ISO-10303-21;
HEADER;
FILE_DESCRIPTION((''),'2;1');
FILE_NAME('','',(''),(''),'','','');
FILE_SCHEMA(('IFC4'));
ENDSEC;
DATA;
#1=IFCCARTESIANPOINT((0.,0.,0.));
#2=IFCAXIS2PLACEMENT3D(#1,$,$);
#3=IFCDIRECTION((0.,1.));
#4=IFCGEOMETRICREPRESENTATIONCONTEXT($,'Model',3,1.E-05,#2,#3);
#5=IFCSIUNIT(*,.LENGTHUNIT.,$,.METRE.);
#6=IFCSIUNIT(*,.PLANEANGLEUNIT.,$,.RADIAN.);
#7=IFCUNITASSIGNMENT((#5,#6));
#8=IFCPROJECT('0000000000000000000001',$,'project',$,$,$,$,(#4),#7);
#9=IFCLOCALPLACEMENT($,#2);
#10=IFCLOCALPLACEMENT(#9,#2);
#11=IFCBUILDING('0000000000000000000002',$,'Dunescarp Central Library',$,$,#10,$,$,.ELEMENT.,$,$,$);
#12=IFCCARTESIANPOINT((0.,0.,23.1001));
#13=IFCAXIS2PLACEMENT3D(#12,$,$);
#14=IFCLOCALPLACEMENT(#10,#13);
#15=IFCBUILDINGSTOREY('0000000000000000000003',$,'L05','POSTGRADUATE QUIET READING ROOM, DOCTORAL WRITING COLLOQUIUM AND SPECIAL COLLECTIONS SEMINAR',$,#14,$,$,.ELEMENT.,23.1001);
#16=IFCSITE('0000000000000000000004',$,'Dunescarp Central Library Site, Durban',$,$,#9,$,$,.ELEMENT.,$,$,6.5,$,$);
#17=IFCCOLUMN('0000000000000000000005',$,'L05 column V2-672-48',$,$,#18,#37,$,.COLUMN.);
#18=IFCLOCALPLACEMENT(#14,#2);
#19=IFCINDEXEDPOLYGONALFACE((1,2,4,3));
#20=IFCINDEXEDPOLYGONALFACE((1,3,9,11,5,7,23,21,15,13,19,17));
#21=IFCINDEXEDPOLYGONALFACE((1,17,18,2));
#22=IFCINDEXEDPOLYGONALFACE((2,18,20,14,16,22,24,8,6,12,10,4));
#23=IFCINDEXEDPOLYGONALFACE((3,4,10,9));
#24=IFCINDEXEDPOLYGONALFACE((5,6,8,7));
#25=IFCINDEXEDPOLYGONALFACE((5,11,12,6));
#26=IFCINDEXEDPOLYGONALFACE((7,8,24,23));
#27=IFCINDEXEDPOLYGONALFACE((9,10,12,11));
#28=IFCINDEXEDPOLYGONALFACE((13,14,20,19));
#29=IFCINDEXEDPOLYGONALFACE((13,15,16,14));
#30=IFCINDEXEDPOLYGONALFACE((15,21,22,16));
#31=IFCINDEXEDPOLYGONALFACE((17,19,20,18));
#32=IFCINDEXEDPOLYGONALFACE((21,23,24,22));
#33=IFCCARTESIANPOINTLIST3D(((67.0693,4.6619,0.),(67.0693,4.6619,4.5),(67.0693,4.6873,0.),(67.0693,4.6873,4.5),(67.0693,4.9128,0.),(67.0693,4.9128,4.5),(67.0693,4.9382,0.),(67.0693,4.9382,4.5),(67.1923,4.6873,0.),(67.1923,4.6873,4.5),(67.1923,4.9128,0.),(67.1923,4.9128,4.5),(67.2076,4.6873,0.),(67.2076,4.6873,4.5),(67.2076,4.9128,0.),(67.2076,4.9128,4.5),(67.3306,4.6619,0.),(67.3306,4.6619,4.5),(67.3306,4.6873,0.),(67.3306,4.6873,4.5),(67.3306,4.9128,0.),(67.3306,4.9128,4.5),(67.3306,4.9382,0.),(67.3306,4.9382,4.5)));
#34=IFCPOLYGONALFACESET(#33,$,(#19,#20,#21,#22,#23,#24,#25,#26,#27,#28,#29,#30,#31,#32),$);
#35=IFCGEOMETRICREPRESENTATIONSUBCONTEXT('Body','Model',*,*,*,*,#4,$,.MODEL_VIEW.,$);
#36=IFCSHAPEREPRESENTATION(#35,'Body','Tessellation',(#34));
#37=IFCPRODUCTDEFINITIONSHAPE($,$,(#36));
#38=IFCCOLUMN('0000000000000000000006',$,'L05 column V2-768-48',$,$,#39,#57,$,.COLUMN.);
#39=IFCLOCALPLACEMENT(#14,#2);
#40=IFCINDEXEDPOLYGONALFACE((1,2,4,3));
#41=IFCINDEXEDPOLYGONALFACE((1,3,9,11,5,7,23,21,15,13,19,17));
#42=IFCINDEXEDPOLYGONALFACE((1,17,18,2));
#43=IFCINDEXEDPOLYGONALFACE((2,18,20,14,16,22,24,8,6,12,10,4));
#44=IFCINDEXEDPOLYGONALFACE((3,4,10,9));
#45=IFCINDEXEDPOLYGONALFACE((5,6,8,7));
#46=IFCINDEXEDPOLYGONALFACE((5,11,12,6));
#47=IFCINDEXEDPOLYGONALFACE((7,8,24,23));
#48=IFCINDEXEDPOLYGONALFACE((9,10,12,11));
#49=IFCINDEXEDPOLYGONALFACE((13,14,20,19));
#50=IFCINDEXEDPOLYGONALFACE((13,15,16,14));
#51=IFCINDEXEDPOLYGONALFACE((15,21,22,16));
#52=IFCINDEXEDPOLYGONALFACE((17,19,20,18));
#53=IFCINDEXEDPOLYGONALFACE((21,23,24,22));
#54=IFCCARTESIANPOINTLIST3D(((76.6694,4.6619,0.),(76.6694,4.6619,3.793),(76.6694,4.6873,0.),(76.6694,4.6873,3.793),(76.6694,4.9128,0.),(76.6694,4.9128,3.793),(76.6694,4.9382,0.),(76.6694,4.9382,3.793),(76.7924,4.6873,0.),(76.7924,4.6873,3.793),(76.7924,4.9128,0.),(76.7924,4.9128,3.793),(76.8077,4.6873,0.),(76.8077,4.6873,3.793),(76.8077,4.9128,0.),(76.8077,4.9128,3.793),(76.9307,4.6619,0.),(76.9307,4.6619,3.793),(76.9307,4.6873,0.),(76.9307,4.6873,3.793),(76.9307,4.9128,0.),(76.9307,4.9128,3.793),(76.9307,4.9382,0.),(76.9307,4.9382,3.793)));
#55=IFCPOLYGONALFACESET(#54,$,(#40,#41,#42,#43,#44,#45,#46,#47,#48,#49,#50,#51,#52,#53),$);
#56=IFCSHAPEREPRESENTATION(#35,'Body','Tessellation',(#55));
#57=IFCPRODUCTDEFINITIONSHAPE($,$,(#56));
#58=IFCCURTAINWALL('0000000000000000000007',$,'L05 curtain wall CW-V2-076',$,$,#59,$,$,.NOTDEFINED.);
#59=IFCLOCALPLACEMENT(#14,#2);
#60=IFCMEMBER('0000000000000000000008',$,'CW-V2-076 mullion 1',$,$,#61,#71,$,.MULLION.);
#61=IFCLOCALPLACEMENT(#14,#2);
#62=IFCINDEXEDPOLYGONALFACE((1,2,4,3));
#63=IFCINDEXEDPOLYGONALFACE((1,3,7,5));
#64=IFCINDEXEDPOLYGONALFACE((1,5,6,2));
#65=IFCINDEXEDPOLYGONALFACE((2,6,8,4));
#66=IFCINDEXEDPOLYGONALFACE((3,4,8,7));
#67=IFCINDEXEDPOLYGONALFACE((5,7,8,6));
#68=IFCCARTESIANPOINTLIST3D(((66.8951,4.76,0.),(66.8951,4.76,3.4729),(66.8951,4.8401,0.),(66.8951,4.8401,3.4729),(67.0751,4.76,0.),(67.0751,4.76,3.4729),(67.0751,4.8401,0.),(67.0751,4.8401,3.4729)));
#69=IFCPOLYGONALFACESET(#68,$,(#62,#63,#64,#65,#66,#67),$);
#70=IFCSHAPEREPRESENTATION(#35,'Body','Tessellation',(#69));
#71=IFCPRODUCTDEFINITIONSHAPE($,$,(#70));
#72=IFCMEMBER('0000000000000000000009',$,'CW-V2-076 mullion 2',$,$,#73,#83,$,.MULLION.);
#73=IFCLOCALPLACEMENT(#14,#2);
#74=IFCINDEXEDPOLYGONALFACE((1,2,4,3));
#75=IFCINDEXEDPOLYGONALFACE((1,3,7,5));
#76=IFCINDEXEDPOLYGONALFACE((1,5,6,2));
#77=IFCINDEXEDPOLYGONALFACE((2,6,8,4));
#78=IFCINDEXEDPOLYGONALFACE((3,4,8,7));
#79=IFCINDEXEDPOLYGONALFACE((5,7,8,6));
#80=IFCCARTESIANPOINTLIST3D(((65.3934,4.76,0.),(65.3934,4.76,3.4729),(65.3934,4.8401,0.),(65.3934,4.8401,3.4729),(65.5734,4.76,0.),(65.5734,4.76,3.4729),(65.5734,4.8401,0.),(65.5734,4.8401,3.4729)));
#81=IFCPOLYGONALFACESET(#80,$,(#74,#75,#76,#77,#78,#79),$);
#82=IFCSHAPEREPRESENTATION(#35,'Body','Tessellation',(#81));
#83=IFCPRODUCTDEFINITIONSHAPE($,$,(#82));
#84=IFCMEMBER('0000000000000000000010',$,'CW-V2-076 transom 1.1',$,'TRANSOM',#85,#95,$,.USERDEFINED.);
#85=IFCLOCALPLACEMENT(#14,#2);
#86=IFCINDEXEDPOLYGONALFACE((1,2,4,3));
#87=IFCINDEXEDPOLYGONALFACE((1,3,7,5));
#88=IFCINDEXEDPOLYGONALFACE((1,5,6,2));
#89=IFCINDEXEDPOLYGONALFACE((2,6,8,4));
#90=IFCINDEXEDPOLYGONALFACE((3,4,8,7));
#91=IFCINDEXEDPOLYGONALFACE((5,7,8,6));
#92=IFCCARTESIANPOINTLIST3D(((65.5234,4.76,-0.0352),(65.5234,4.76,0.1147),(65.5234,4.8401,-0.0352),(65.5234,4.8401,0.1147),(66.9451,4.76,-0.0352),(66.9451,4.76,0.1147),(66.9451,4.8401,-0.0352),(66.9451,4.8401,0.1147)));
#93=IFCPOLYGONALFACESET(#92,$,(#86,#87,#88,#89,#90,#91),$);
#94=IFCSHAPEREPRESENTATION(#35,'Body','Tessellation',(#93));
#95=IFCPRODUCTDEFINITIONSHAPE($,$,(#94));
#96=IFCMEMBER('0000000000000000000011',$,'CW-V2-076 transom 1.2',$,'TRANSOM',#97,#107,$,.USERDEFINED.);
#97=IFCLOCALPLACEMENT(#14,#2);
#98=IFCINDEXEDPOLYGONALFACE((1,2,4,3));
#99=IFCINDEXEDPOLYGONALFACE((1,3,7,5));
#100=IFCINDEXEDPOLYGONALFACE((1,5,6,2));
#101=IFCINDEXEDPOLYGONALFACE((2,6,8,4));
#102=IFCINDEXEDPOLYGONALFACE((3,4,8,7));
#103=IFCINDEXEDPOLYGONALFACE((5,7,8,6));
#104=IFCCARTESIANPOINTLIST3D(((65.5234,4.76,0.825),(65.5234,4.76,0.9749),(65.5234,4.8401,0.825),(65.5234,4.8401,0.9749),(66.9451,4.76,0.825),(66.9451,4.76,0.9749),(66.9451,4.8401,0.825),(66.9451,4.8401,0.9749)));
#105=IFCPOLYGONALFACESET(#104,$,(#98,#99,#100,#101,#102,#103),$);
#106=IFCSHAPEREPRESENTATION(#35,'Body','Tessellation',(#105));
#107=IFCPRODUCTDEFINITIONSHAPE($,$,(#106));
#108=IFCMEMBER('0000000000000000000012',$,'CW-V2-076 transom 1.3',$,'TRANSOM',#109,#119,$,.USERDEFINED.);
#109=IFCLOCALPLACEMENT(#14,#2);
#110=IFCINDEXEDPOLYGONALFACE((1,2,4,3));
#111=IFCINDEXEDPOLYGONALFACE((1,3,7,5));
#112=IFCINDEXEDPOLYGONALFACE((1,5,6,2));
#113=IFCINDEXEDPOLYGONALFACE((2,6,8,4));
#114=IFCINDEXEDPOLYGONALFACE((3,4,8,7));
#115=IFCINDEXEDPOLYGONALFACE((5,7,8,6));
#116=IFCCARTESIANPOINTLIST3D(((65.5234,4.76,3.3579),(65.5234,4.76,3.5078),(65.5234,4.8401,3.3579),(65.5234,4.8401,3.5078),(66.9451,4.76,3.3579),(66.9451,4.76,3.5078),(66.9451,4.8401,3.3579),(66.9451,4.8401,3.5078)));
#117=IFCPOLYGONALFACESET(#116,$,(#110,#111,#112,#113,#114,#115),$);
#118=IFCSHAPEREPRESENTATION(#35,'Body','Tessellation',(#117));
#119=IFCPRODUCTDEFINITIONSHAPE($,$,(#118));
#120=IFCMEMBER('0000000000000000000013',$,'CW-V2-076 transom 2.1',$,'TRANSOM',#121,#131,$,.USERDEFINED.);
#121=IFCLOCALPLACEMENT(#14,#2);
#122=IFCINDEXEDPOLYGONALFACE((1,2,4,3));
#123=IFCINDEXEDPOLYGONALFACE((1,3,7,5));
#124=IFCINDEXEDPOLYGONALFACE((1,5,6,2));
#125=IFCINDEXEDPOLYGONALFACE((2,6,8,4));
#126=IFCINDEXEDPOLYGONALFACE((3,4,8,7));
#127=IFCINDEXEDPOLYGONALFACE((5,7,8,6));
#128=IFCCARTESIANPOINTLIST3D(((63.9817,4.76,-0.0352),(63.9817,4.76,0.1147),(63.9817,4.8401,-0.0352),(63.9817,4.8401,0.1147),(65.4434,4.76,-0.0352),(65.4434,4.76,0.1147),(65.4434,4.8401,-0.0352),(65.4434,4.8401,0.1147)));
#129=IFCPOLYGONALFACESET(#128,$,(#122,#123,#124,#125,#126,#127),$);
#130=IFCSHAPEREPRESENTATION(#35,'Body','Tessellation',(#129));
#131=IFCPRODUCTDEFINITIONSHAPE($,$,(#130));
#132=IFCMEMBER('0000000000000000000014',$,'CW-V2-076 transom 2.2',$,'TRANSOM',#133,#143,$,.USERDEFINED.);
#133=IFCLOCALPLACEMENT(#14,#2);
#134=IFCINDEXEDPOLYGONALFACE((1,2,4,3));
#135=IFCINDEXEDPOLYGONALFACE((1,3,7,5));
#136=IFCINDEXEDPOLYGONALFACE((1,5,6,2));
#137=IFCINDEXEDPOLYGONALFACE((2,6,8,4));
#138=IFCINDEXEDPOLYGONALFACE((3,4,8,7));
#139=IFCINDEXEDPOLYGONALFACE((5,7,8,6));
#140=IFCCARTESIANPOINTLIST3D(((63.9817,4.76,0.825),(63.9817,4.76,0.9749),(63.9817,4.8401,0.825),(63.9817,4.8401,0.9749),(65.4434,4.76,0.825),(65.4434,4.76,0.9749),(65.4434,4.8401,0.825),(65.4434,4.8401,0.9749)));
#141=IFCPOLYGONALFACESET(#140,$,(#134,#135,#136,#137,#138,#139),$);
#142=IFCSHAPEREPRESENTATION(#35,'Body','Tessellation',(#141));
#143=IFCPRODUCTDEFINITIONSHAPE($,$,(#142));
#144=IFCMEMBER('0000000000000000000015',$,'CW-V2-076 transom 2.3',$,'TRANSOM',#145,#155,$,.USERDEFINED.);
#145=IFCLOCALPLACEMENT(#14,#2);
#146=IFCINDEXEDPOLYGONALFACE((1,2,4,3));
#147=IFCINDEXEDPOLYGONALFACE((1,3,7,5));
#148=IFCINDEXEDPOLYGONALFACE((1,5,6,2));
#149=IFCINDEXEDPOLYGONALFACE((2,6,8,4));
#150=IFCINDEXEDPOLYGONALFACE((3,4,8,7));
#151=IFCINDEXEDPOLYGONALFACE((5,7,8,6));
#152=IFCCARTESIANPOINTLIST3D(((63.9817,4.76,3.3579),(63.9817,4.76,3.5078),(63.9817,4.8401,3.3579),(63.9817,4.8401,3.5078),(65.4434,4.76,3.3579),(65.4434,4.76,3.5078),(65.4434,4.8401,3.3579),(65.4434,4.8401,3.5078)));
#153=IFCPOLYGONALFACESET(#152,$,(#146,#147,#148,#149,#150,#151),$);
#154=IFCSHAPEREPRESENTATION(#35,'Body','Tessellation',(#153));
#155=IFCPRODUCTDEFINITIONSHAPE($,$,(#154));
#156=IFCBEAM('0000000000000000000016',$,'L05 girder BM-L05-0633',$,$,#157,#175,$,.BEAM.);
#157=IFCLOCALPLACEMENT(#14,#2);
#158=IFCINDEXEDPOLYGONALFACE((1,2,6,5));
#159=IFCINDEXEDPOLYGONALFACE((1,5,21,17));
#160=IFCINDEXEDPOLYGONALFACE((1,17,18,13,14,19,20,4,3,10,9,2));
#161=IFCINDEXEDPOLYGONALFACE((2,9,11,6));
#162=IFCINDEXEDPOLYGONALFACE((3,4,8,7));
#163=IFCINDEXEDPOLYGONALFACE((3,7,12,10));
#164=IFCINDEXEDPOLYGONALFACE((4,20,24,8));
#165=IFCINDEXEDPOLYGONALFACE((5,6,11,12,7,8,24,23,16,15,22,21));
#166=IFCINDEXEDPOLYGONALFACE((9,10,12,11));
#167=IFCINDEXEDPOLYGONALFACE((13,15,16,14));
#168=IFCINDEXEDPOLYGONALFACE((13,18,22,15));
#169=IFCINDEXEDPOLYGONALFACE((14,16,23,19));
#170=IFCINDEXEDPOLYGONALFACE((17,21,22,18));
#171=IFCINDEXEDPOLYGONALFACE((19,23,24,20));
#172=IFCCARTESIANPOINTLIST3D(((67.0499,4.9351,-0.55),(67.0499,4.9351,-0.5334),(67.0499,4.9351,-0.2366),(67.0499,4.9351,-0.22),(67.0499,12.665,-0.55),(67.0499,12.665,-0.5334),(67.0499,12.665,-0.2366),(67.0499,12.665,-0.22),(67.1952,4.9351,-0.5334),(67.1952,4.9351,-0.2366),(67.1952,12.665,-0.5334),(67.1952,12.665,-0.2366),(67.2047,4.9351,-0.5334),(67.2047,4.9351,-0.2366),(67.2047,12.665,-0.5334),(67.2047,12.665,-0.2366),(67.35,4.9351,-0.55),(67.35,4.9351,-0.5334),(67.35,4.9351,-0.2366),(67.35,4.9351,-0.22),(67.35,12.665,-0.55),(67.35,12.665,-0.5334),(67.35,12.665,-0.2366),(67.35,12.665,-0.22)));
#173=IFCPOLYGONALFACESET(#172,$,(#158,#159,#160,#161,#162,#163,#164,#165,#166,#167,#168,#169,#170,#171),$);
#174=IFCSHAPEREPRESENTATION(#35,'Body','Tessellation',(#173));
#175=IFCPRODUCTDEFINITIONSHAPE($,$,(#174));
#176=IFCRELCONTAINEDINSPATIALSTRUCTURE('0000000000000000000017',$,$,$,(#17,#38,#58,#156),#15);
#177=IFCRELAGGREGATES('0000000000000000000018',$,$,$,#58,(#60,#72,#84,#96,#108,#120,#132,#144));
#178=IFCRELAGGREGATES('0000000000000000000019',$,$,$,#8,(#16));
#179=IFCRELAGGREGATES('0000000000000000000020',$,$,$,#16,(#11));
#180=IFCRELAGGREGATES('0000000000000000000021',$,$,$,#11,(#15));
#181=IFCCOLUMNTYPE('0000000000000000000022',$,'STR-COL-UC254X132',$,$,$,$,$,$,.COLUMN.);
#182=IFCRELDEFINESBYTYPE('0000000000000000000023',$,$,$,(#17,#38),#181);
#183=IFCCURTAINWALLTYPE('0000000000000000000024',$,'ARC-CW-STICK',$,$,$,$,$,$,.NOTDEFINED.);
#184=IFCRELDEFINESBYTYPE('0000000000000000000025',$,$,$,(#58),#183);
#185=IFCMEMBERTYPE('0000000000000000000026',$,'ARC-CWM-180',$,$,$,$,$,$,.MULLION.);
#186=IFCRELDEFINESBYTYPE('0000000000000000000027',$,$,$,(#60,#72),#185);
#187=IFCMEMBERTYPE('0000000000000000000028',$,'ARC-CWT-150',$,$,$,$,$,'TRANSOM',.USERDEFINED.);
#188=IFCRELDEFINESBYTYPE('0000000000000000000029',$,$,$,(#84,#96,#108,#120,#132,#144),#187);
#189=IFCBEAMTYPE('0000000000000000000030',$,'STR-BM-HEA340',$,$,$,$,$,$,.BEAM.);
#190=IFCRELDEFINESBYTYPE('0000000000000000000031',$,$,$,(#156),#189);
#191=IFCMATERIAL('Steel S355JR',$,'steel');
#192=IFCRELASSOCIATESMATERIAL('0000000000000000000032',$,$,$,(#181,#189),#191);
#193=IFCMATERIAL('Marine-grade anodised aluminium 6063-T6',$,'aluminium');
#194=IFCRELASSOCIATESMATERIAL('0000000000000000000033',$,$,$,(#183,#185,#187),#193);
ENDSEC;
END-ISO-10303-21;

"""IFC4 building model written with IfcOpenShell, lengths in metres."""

from ifc_helpers import new_model, si_unit, direction, frame, origin, origin_2d, place, context, subcontext, project, spatial, rectangle, i_section, extrude, material, material_profile, profile_set, type_object, element, aggregate, save


model = new_model("IFC4")

# Units and contexts
model_context = context("Model", 3, precision=1e-05, world=origin(), true_north=direction((0.0, 1.0)))
body_context = subcontext(model_context, "Body", "Model", "MODEL_VIEW")
ifc_project = project(units=[si_unit("LENGTHUNIT", "METRE"), si_unit("PLANEANGLEUNIT", "RADIAN")], contexts=[model_context])

# Site, building, storey
site_placement = place(None, origin())
site = spatial("IfcSite", under=ifc_project, at=site_placement, Name="Dunescarp Central Library Site, Durban", CompositionType="ELEMENT", RefElevation=6.5)
building_placement = place(site_placement, origin())
building = spatial("IfcBuilding", under=site, at=building_placement, Name="Dunescarp Central Library", CompositionType="ELEMENT")
storey_placement = place(building_placement, frame((0.0, 0.0, 23.1001)))
storey = spatial("IfcBuildingStorey", under=building, at=storey_placement, Name="L05", Description="POSTGRADUATE QUIET READING ROOM, DOCTORAL WRITING COLLOQUIUM AND SPECIAL COLLECTIONS SEMINAR", CompositionType="ELEMENT", Elevation=23.1001)

# Columns
ifc_material_1 = material(Name="Steel S355JR", Category="steel")
ifc_material_profile_1 = material_profile(ifc_material_1, i_section(OverallWidth=0.2612, OverallDepth=0.2764, WebThickness=0.0154, FlangeThickness=0.0254, at=origin_2d()), Name="UC 254x254x132")
ifc_profile_set_1 = profile_set([ifc_material_profile_1], Name="Steel S355JR")
column_type = type_object("IfcColumnType", Name="STR-COL-UC254X132", PredefinedType="COLUMN", material=ifc_profile_set_1)
column_1_placement = place(storey_placement, frame((67.2, 4.8, 0.0), z_axis=(0.0, 0.0, 1.0), x_axis=(1.0, 0.0, 0.0)))
element("IfcColumn", 1, at=column_1_placement, inside=storey, type_object=column_type, Name="L05 column V2-672-48", PredefinedType="COLUMN", context=body_context, shape_type="SweptSolid", body=[
    extrude(i_section(OverallWidth=0.2612, OverallDepth=0.2764, WebThickness=0.0154, FlangeThickness=0.0254, at=origin_2d()), origin(), (0.0, 0.0, 1.0), 4.5),
])
column_2_placement = place(storey_placement, frame((76.8, 4.8, 0.0), z_axis=(0.0, 0.0, 1.0), x_axis=(1.0, 0.0, 0.0)))
element("IfcColumn", 2, at=column_2_placement, inside=storey, type_object=column_type, Name="L05 column V2-768-48", PredefinedType="COLUMN", context=body_context, shape_type="SweptSolid", body=[
    extrude(i_section(OverallWidth=0.2612, OverallDepth=0.2764, WebThickness=0.0154, FlangeThickness=0.0254, at=origin_2d()), origin(), (0.0, 0.0, 1.0), 3.793),
])

# Curtain wall, members
ifc_material_2 = material(Name="Marine-grade anodised aluminium 6063-T6", Category="aluminium")
curtain_wall_type = type_object("IfcCurtainWallType", Name="ARC-CW-STICK", PredefinedType="NOTDEFINED", material=ifc_material_2)
curtain_wall_placement = place(storey_placement, origin())
curtain_wall = element("IfcCurtainWall", 3, at=curtain_wall_placement, inside=storey, type_object=curtain_wall_type, Name="L05 curtain wall CW-V2-076", PredefinedType="NOTDEFINED")
ifc_material_profile_2 = material_profile(ifc_material_2, rectangle(XDim=0.0801, YDim=0.1799, at=origin_2d()), Name="AL 80x180")
ifc_profile_set_2 = profile_set([ifc_material_profile_2], Name="Marine-grade anodised aluminium 6063-T6")
member_type_1 = type_object("IfcMemberType", Name="ARC-CWM-180", PredefinedType="MULLION", material=ifc_profile_set_2)
member_1_placement = place(storey_placement, frame((66.9851, 4.8, 0.0), z_axis=(0.0, 0.0, 1.0), x_axis=(0.0, -1.0, 0.0)))
member_1 = element("IfcMember", 4, at=member_1_placement, type_object=member_type_1, Name="CW-V2-076 mullion 1", PredefinedType="MULLION", context=body_context, shape_type="SweptSolid", body=[
    extrude(rectangle(XDim=0.0801, YDim=0.1799, at=origin_2d()), origin(), (0.0, 0.0, 1.0), 3.4729),
])
member_2_placement = place(storey_placement, frame((65.4834, 4.8, 0.0), z_axis=(0.0, 0.0, 1.0), x_axis=(0.0, -1.0, 0.0)))
member_2 = element("IfcMember", 5, at=member_2_placement, type_object=member_type_1, Name="CW-V2-076 mullion 2", PredefinedType="MULLION", context=body_context, shape_type="SweptSolid", body=[
    extrude(rectangle(XDim=0.0801, YDim=0.1799, at=origin_2d()), origin(), (0.0, 0.0, 1.0), 3.4729),
])
ifc_material_profile_3 = material_profile(ifc_material_2, rectangle(XDim=0.0801, YDim=0.1499, at=origin_2d()), Name="AL 80x150")
ifc_profile_set_3 = profile_set([ifc_material_profile_3], Name="Marine-grade anodised aluminium 6063-T6")
member_type_2 = type_object("IfcMemberType", Name="ARC-CWT-150", ElementType="TRANSOM", PredefinedType="USERDEFINED", material=ifc_profile_set_3)
member_3_placement = place(storey_placement, frame((66.9451, 4.8, 0.0398), z_axis=(-1.0, 0.0, 0.0), x_axis=(0.0, -1.0, 0.0)))
member_3 = element("IfcMember", 6, at=member_3_placement, type_object=member_type_2, Name="CW-V2-076 transom 1.1", ObjectType="TRANSOM", PredefinedType="USERDEFINED", context=body_context, shape_type="SweptSolid", body=[
    extrude(rectangle(XDim=0.0801, YDim=0.1499, at=origin_2d()), origin(), (0.0, 0.0, 1.0), 1.4216),
])
member_4_placement = place(storey_placement, frame((66.9451, 4.8, 0.8999), z_axis=(-1.0, 0.0, 0.0), x_axis=(0.0, -1.0, 0.0)))
member_4 = element("IfcMember", 7, at=member_4_placement, type_object=member_type_2, Name="CW-V2-076 transom 1.2", ObjectType="TRANSOM", PredefinedType="USERDEFINED", context=body_context, shape_type="SweptSolid", body=[
    extrude(rectangle(XDim=0.0801, YDim=0.1499, at=origin_2d()), origin(), (0.0, 0.0, 1.0), 1.4216),
])
member_5_placement = place(storey_placement, frame((66.9451, 4.8, 3.4329), z_axis=(-1.0, 0.0, 0.0), x_axis=(0.0, -1.0, 0.0)))
member_5 = element("IfcMember", 8, at=member_5_placement, type_object=member_type_2, Name="CW-V2-076 transom 1.3", ObjectType="TRANSOM", PredefinedType="USERDEFINED", context=body_context, shape_type="SweptSolid", body=[
    extrude(rectangle(XDim=0.0801, YDim=0.1499, at=origin_2d()), origin(), (0.0, 0.0, 1.0), 1.4216),
])
member_6_placement = place(storey_placement, frame((65.4434, 4.8, 0.0398), z_axis=(-1.0, 0.0, 0.0), x_axis=(0.0, -1.0, 0.0)))
member_6 = element("IfcMember", 9, at=member_6_placement, type_object=member_type_2, Name="CW-V2-076 transom 2.1", ObjectType="TRANSOM", PredefinedType="USERDEFINED", context=body_context, shape_type="SweptSolid", body=[
    extrude(rectangle(XDim=0.0801, YDim=0.1499, at=origin_2d()), origin(), (0.0, 0.0, 1.0), 1.4617),
])
member_7_placement = place(storey_placement, frame((65.4434, 4.8, 0.8999), z_axis=(-1.0, 0.0, 0.0), x_axis=(0.0, -1.0, 0.0)))
member_7 = element("IfcMember", 10, at=member_7_placement, type_object=member_type_2, Name="CW-V2-076 transom 2.2", ObjectType="TRANSOM", PredefinedType="USERDEFINED", context=body_context, shape_type="SweptSolid", body=[
    extrude(rectangle(XDim=0.0801, YDim=0.1499, at=origin_2d()), origin(), (0.0, 0.0, 1.0), 1.4617),
])
member_8_placement = place(storey_placement, frame((65.4434, 4.8, 3.4329), z_axis=(-1.0, 0.0, 0.0), x_axis=(0.0, -1.0, 0.0)))
member_8 = element("IfcMember", 11, at=member_8_placement, type_object=member_type_2, Name="CW-V2-076 transom 2.3", ObjectType="TRANSOM", PredefinedType="USERDEFINED", context=body_context, shape_type="SweptSolid", body=[
    extrude(rectangle(XDim=0.0801, YDim=0.1499, at=origin_2d()), origin(), (0.0, 0.0, 1.0), 1.4617),
])

# Beam
ifc_material_profile_4 = material_profile(ifc_material_1, i_section(OverallWidth=0.3, OverallDepth=0.3301, WebThickness=0.0095, FlangeThickness=0.0166, at=origin_2d()), Name="HEA 340")
ifc_profile_set_4 = profile_set([ifc_material_profile_4], Name="Steel S355JR")
beam_type_1 = type_object("IfcBeamType", Name="STR-BM-HEA340", PredefinedType="BEAM", material=ifc_profile_set_4)
beam_1_placement = place(storey_placement, frame((67.2, 4.9351, -0.385), z_axis=(0.0, 1.0, 0.0), x_axis=(-1.0, 0.0, 0.0)))
element("IfcBeam", 12, at=beam_1_placement, inside=storey, type_object=beam_type_1, Name="L05 girder BM-L05-0633", PredefinedType="BEAM", context=body_context, shape_type="SweptSolid", body=[
    extrude(i_section(OverallWidth=0.3, OverallDepth=0.3301, WebThickness=0.0095, FlangeThickness=0.0166, at=origin_2d()), origin(), (0.0, 0.0, 1.0), 7.73),
])

aggregate(curtain_wall, [member_1, member_2, member_3, member_4, member_5, member_6, member_7, member_8])

save(model, "model.ifc")
